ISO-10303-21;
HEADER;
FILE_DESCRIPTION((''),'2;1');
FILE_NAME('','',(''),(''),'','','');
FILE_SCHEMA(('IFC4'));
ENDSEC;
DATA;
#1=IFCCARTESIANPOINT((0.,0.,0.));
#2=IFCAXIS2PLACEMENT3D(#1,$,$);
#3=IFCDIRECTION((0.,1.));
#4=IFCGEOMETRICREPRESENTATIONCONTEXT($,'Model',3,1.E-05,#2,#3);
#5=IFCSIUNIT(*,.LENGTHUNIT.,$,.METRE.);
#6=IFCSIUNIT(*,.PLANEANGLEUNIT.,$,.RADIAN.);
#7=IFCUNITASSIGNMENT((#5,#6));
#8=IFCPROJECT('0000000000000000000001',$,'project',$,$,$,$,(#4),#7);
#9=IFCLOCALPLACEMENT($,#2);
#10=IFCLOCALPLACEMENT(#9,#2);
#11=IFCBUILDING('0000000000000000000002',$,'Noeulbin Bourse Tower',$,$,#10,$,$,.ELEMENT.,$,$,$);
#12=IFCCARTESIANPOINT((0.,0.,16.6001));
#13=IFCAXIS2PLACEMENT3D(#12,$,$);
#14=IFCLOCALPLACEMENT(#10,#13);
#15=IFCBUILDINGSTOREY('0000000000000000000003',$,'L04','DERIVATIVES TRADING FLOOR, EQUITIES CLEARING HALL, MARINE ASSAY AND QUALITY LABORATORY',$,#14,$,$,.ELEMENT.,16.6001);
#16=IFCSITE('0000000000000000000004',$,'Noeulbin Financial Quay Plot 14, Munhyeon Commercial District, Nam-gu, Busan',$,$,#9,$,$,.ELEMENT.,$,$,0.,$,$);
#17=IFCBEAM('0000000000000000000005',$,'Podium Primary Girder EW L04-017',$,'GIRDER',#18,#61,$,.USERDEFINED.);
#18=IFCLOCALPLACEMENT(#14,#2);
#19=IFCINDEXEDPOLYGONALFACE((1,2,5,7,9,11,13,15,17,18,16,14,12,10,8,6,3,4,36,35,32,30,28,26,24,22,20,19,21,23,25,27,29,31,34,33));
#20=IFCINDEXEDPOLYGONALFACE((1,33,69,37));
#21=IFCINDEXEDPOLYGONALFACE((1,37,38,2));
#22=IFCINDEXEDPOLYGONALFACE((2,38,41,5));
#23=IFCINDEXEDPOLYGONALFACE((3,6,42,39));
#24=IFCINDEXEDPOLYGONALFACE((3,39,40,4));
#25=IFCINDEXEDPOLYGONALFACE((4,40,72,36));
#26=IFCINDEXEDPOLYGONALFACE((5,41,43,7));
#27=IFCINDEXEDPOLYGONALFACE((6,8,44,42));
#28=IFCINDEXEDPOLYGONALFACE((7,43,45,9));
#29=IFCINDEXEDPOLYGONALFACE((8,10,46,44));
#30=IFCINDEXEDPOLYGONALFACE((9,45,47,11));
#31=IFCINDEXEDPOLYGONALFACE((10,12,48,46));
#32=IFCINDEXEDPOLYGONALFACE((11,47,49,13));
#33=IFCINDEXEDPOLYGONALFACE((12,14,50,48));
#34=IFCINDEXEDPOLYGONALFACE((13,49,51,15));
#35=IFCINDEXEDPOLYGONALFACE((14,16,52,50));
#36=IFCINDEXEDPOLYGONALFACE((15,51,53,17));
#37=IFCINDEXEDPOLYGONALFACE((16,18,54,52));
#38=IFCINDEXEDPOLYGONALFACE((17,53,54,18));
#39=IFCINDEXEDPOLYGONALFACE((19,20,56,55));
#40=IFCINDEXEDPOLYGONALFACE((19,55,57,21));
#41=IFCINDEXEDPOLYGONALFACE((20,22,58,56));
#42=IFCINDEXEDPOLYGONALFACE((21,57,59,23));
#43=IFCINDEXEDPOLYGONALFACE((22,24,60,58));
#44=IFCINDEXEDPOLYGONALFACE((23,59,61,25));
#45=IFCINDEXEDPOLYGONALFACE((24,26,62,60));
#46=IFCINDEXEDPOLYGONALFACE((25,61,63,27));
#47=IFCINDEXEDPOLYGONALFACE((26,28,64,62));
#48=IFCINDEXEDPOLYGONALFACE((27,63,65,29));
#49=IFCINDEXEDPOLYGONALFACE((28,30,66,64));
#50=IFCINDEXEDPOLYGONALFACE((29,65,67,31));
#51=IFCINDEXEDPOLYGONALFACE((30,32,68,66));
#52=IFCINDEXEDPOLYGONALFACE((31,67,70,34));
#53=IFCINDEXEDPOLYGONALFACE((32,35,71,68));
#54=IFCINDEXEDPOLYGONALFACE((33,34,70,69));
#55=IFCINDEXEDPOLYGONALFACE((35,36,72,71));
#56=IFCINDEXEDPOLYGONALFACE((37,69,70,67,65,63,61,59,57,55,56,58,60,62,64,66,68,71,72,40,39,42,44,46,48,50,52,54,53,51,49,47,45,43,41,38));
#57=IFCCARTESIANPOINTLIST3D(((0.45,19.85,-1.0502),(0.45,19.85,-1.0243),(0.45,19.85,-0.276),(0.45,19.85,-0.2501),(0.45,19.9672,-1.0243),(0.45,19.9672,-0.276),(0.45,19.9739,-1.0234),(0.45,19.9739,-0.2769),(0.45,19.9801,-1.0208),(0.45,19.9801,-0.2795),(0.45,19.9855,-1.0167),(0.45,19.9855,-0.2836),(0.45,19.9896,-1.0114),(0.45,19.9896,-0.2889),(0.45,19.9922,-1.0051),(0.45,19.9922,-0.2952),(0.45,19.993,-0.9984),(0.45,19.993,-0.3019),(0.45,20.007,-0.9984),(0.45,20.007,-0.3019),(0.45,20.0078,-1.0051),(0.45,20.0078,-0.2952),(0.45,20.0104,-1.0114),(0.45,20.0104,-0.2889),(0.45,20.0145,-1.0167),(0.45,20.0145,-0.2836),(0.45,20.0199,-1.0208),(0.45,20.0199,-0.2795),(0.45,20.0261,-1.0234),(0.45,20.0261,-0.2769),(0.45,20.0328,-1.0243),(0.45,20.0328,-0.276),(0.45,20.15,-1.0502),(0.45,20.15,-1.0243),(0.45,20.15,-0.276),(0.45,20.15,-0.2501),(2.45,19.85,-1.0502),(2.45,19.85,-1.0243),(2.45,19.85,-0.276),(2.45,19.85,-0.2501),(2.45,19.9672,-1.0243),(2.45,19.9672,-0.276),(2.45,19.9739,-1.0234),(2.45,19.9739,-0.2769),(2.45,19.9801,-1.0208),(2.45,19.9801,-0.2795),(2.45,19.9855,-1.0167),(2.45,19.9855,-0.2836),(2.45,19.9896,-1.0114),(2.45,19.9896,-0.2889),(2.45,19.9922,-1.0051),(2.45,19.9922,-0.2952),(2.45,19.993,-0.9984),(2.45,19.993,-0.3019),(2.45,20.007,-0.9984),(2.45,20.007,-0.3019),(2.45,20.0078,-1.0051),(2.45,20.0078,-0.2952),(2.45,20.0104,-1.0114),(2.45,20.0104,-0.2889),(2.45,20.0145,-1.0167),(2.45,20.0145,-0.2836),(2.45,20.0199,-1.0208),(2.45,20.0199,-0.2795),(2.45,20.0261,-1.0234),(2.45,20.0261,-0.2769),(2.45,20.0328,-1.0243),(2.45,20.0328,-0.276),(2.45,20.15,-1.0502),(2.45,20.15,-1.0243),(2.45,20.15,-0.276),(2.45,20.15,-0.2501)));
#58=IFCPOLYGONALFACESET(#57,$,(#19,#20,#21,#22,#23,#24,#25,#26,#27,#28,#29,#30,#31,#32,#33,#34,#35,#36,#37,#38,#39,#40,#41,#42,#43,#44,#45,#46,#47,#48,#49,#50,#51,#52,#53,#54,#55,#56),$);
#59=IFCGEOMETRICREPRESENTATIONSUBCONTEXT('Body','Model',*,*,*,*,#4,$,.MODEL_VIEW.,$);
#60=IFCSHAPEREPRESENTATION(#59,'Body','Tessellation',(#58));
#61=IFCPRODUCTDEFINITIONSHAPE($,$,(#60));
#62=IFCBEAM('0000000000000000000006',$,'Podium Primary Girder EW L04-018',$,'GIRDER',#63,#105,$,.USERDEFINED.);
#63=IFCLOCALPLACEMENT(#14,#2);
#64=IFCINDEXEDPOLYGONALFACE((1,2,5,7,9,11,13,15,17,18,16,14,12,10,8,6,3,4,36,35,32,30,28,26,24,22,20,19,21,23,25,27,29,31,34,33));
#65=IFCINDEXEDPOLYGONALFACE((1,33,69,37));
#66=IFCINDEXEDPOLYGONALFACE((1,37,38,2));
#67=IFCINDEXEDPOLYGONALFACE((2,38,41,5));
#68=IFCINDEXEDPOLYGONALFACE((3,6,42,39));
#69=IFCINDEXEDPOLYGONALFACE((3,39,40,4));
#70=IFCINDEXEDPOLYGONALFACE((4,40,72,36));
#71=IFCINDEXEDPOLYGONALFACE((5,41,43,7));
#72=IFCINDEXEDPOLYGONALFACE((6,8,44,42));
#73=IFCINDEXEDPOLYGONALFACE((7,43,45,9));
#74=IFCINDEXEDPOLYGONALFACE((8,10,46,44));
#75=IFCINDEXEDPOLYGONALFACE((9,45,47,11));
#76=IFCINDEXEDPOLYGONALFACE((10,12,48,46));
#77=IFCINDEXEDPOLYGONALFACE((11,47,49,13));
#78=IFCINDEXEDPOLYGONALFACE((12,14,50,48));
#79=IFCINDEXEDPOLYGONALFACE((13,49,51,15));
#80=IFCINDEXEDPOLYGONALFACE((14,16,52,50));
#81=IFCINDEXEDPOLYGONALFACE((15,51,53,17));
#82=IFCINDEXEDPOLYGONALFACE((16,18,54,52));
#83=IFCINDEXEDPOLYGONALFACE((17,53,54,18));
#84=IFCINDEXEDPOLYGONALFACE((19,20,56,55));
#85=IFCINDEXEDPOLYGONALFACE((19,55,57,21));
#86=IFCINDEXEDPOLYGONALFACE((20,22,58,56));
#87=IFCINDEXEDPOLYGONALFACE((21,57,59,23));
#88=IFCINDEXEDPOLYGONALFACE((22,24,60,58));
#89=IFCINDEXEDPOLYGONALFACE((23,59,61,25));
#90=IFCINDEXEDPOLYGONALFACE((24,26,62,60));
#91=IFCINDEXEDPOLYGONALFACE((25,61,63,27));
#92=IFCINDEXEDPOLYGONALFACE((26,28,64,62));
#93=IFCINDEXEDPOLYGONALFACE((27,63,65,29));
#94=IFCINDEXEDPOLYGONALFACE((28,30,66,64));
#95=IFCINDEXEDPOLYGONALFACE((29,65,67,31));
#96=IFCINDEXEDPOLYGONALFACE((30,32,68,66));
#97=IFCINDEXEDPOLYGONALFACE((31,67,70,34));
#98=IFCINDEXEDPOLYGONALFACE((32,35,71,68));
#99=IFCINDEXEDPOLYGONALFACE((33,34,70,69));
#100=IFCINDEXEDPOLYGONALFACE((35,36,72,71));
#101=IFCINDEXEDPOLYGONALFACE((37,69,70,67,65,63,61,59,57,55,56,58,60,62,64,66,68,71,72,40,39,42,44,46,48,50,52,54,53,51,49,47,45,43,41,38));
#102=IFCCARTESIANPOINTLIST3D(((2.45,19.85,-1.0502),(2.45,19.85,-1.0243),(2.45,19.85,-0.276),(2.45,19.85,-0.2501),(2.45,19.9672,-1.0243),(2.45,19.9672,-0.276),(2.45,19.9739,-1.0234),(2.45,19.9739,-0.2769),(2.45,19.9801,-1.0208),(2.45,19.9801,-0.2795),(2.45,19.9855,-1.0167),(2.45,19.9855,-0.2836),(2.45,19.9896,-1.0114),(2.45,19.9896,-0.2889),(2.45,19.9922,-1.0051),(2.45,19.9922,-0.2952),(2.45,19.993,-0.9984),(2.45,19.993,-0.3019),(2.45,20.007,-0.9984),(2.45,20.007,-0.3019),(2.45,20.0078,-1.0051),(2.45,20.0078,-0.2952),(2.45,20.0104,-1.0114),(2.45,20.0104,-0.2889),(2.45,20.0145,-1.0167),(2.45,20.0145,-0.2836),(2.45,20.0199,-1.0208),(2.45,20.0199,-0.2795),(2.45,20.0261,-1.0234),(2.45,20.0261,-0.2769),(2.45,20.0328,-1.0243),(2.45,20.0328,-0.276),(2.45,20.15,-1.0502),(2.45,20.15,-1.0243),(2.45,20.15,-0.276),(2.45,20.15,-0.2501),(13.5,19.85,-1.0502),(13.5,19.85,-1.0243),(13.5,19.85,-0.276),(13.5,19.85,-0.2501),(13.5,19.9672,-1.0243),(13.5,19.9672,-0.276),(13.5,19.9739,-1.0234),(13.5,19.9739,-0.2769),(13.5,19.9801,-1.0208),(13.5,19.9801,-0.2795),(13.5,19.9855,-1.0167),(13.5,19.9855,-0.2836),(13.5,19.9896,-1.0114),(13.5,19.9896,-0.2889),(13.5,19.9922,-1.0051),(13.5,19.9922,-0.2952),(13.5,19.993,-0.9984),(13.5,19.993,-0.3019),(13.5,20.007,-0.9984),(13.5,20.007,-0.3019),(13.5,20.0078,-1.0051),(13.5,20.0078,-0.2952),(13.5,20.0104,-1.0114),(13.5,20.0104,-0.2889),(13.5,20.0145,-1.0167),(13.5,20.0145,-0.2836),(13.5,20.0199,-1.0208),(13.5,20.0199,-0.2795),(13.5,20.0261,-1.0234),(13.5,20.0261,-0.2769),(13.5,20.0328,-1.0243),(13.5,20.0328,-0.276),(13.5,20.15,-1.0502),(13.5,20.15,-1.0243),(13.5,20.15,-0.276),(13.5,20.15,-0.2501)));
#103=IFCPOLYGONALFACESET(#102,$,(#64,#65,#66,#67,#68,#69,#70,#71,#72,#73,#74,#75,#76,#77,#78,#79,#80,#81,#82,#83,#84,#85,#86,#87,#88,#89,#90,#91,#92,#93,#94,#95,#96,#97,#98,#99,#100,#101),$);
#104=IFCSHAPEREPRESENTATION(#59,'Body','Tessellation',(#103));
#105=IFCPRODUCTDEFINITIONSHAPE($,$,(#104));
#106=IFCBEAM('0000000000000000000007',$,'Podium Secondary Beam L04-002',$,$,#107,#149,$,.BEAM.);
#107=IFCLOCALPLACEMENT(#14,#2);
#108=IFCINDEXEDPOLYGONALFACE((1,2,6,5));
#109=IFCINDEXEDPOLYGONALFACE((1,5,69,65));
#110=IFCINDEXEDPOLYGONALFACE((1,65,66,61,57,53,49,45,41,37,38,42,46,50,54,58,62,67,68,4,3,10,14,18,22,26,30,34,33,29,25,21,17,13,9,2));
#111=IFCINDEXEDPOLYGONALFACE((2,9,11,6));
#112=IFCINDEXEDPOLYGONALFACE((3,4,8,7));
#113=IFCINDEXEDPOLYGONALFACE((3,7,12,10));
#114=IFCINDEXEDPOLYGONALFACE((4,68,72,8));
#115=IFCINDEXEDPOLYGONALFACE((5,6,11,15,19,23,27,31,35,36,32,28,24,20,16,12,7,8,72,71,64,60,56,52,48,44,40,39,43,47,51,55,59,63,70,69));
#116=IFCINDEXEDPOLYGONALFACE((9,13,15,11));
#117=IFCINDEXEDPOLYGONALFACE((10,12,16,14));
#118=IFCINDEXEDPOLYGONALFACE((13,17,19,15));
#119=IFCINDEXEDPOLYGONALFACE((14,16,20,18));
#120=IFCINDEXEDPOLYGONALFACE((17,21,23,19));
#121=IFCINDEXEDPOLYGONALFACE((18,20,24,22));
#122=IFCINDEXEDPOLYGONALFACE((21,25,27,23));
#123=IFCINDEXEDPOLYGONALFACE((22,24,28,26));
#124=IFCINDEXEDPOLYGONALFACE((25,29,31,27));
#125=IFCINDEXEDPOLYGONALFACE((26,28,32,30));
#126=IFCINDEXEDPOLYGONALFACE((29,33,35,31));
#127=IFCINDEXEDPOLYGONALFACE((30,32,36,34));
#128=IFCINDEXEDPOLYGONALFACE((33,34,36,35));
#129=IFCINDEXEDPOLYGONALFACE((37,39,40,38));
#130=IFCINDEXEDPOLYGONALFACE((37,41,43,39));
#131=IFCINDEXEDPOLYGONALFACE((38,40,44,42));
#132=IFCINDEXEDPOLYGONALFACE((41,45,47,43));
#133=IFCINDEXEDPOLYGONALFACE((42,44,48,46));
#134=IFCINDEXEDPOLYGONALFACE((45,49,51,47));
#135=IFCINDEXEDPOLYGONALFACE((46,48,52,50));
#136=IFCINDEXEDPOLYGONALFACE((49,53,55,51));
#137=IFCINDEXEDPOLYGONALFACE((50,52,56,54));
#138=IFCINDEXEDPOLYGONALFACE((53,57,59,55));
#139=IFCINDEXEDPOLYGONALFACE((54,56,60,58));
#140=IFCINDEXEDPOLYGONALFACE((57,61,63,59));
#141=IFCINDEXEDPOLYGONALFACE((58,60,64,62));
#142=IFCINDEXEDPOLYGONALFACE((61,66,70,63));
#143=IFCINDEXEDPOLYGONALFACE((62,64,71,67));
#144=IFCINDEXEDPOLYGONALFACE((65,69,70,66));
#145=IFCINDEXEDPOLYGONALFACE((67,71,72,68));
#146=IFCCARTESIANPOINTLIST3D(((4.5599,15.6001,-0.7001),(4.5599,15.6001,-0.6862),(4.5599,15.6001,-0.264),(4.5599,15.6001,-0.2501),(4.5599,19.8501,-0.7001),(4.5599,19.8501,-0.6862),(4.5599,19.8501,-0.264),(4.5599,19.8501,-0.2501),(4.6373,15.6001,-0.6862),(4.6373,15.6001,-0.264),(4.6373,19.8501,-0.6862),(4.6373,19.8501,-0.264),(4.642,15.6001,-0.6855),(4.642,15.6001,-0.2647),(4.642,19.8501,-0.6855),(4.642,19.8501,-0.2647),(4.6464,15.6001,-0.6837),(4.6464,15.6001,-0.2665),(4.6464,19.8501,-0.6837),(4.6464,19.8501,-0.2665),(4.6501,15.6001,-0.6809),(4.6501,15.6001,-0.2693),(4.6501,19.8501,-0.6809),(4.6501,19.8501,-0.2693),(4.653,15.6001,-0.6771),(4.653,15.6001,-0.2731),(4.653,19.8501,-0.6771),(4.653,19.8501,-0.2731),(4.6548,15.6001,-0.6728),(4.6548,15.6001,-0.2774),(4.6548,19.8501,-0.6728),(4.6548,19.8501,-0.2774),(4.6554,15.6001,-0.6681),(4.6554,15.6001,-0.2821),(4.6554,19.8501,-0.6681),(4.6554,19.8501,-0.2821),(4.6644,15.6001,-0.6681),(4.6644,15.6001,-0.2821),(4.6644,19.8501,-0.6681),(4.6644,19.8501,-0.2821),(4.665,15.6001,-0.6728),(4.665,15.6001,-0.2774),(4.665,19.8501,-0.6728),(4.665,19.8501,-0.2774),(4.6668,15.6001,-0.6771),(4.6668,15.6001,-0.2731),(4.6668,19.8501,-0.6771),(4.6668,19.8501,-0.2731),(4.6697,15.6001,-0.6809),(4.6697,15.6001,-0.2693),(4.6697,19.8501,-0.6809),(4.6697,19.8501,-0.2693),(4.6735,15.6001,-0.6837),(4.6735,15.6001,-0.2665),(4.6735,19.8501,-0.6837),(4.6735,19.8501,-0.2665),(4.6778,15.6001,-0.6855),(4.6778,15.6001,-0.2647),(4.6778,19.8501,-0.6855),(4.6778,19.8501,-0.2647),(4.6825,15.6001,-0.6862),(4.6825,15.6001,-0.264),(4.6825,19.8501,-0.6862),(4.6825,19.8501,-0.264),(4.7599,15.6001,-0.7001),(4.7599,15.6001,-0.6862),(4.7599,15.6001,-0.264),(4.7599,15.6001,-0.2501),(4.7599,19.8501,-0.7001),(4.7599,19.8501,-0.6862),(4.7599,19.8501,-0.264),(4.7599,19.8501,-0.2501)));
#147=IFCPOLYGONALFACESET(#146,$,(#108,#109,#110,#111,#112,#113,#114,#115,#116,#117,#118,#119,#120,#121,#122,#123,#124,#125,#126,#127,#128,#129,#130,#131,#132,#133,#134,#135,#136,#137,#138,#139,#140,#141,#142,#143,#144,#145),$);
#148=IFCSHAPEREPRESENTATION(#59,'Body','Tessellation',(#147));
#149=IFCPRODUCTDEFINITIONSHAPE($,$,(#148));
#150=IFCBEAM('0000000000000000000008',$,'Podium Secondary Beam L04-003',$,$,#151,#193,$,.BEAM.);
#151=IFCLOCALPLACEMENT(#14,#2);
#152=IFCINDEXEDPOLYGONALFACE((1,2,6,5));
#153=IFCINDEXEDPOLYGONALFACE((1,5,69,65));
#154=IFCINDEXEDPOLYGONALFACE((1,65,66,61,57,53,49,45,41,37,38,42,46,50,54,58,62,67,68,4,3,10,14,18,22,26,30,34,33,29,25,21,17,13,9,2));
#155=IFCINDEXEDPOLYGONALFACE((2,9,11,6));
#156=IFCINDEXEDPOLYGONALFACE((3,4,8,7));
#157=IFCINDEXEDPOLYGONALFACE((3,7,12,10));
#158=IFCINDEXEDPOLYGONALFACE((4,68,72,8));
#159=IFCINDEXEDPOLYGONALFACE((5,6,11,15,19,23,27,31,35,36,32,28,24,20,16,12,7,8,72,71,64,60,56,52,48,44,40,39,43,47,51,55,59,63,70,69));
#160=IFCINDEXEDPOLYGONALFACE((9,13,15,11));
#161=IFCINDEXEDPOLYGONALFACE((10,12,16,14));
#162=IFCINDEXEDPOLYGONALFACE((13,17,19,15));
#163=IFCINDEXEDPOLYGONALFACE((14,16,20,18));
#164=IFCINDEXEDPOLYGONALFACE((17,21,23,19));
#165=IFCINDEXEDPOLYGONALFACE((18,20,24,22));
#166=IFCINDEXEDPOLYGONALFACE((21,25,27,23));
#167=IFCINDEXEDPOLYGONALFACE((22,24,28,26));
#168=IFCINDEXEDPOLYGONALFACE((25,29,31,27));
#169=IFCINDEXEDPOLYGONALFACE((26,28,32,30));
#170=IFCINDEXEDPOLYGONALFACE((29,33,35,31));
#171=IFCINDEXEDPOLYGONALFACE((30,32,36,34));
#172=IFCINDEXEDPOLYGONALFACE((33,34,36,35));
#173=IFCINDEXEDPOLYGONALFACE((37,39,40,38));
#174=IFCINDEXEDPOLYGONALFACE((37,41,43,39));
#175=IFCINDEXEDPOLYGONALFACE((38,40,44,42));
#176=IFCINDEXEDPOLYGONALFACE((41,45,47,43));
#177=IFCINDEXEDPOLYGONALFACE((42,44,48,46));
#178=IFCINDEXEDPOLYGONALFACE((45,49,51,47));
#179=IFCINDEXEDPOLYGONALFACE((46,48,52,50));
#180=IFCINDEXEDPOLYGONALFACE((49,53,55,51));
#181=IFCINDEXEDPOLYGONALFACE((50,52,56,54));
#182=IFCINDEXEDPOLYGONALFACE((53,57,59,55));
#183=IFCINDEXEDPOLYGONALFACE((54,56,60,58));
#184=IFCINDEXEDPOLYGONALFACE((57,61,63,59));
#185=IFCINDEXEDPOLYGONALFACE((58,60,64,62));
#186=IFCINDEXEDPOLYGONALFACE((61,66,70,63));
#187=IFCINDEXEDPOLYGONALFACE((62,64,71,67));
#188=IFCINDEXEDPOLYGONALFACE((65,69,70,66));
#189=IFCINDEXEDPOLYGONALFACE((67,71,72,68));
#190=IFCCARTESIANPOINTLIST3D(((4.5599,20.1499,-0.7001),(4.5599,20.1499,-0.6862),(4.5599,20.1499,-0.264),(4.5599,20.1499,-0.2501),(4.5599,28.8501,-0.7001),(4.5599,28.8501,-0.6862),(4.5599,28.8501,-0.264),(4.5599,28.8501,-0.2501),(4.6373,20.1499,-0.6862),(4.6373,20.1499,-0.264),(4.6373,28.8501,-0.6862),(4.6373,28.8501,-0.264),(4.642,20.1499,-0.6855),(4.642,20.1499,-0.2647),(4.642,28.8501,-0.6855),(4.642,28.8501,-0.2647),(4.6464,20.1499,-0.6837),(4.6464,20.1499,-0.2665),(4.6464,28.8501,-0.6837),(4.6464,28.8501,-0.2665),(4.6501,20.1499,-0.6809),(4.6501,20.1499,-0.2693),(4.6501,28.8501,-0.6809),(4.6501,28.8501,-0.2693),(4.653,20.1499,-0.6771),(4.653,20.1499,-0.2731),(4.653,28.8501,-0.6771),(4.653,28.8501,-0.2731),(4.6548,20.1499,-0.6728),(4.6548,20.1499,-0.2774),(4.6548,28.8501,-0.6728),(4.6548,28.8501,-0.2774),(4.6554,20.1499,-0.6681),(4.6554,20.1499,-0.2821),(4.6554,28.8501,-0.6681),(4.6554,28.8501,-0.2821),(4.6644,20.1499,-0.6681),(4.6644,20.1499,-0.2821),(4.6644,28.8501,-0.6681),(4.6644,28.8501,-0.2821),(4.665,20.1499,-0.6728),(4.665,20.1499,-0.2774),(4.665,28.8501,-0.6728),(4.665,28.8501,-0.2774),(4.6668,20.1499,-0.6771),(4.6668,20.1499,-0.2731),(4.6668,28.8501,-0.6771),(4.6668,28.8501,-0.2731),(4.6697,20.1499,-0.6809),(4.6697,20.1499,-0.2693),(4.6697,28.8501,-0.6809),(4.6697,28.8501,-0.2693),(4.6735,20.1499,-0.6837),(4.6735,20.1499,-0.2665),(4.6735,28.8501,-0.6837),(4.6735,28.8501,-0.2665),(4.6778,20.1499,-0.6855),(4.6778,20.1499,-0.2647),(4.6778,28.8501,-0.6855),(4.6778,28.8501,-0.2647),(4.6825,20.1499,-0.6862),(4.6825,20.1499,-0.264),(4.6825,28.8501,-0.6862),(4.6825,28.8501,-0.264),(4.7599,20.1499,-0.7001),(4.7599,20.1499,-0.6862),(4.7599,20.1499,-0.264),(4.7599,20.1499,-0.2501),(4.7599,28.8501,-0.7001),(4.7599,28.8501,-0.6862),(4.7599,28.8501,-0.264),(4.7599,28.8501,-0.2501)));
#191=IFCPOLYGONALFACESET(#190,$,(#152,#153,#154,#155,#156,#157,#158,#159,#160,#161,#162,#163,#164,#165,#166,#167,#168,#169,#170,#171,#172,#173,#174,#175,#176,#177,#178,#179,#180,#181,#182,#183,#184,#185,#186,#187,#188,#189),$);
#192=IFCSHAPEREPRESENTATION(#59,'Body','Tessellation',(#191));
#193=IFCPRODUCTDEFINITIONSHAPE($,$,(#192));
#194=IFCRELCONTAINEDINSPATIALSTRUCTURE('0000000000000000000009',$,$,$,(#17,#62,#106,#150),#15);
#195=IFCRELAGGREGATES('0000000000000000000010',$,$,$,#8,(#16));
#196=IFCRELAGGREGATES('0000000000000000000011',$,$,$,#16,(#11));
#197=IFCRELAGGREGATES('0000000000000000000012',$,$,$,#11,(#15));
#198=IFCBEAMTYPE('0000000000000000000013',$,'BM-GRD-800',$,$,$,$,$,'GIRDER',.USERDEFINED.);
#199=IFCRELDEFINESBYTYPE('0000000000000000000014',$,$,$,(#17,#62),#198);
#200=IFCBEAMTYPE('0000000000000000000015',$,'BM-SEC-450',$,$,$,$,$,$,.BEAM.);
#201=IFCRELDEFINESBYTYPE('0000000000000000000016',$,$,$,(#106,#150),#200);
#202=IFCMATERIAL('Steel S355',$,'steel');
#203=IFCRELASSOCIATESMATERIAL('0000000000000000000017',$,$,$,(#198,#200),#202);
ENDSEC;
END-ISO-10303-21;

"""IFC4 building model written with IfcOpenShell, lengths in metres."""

from ifc_helpers import new_model, si_unit, direction, frame, origin, origin_2d, place, context, subcontext, project, spatial, i_section, extrude, material, material_profile, profile_set, type_object, element, save


model = new_model("IFC4")

# Units and contexts
model_context = context("Model", 3, precision=1e-05, world=origin(), true_north=direction((0.0, 1.0)))
body_context = subcontext(model_context, "Body", "Model", "MODEL_VIEW")
ifc_project = project(units=[si_unit("LENGTHUNIT", "METRE"), si_unit("PLANEANGLEUNIT", "RADIAN")], contexts=[model_context])

# Site, building, storey
site_placement = place(None, origin())
site = spatial("IfcSite", under=ifc_project, at=site_placement, Name="Noeulbin Financial Quay Plot 14, Munhyeon Commercial District, Nam-gu, Busan", CompositionType="ELEMENT", RefElevation=0.0)
building_placement = place(site_placement, origin())
building = spatial("IfcBuilding", under=site, at=building_placement, Name="Noeulbin Bourse Tower", CompositionType="ELEMENT")
storey_placement = place(building_placement, frame((0.0, 0.0, 16.6001)))
storey = spatial("IfcBuildingStorey", under=building, at=storey_placement, Name="L04", Description="DERIVATIVES TRADING FLOOR, EQUITIES CLEARING HALL, MARINE ASSAY AND QUALITY LABORATORY", CompositionType="ELEMENT", Elevation=16.6001)

# Beams
ifc_material_1 = material(Name="Steel S355", Category="steel")
ifc_material_profile_1 = material_profile(ifc_material_1, i_section(OverallWidth=0.3, OverallDepth=0.8, WebThickness=0.0139, FlangeThickness=0.0259, FilletRadius=0.0259, at=origin_2d()), Name="H-800x300x14x26", Category="LoadBearing")
ifc_profile_set_1 = profile_set([ifc_material_profile_1], Name="Steel S355")
beam_type_1 = type_object("IfcBeamType", Name="BM-GRD-800", ElementType="GIRDER", PredefinedType="USERDEFINED", material=ifc_profile_set_1)
beam_1_placement = place(storey_placement, frame((0.45, 20.0, -0.6501), z_axis=(1.0, 0.0, 0.0), x_axis=(0.0, 1.0, 0.0)))
element("IfcBeam", 1, at=beam_1_placement, inside=storey, type_object=beam_type_1, Name="Podium Primary Girder EW L04-017", ObjectType="GIRDER", PredefinedType="USERDEFINED", context=body_context, shape_type="SweptSolid", body=[
    extrude(i_section(OverallWidth=0.3, OverallDepth=0.8, WebThickness=0.0139, FlangeThickness=0.0259, FilletRadius=0.0259, at=origin_2d()), origin(), (0.0, 0.0, 1.0), 2.0),
])
beam_2_placement = place(storey_placement, frame((2.45, 20.0, -0.6501), z_axis=(1.0, 0.0, 0.0), x_axis=(0.0, 1.0, 0.0)))
element("IfcBeam", 2, at=beam_2_placement, inside=storey, type_object=beam_type_1, Name="Podium Primary Girder EW L04-018", ObjectType="GIRDER", PredefinedType="USERDEFINED", context=body_context, shape_type="SweptSolid", body=[
    extrude(i_section(OverallWidth=0.3, OverallDepth=0.8, WebThickness=0.0139, FlangeThickness=0.0259, FilletRadius=0.0259, at=origin_2d()), origin(), (0.0, 0.0, 1.0), 11.05),
])
ifc_material_profile_2 = material_profile(ifc_material_1, i_section(OverallWidth=0.2, OverallDepth=0.45, WebThickness=0.009, FlangeThickness=0.0139, FilletRadius=0.0181, at=origin_2d()), Name="H-450x200x9x14", Category="LoadBearing")
ifc_profile_set_2 = profile_set([ifc_material_profile_2], Name="Steel S355")
beam_type_2 = type_object("IfcBeamType", Name="BM-SEC-450", PredefinedType="BEAM", material=ifc_profile_set_2)
beam_3_placement = place(storey_placement, frame((4.6599, 15.6001, -0.4751), z_axis=(0.0, 1.0, 0.0), x_axis=(-1.0, 0.0, 0.0)))
element("IfcBeam", 3, at=beam_3_placement, inside=storey, type_object=beam_type_2, Name="Podium Secondary Beam L04-002", PredefinedType="BEAM", context=body_context, shape_type="SweptSolid", body=[
    extrude(i_section(OverallWidth=0.2, OverallDepth=0.45, WebThickness=0.009, FlangeThickness=0.0139, FilletRadius=0.0181, at=origin_2d()), origin(), (0.0, 0.0, 1.0), 4.25),
])
beam_4_placement = place(storey_placement, frame((4.6599, 20.1499, -0.4751), z_axis=(0.0, 1.0, 0.0), x_axis=(-1.0, 0.0, 0.0)))
element("IfcBeam", 4, at=beam_4_placement, inside=storey, type_object=beam_type_2, Name="Podium Secondary Beam L04-003", PredefinedType="BEAM", context=body_context, shape_type="SweptSolid", body=[
    extrude(i_section(OverallWidth=0.2, OverallDepth=0.45, WebThickness=0.009, FlangeThickness=0.0139, FilletRadius=0.0181, at=origin_2d()), origin(), (0.0, 0.0, 1.0), 8.7002),
])

save(model, "model.ifc")
